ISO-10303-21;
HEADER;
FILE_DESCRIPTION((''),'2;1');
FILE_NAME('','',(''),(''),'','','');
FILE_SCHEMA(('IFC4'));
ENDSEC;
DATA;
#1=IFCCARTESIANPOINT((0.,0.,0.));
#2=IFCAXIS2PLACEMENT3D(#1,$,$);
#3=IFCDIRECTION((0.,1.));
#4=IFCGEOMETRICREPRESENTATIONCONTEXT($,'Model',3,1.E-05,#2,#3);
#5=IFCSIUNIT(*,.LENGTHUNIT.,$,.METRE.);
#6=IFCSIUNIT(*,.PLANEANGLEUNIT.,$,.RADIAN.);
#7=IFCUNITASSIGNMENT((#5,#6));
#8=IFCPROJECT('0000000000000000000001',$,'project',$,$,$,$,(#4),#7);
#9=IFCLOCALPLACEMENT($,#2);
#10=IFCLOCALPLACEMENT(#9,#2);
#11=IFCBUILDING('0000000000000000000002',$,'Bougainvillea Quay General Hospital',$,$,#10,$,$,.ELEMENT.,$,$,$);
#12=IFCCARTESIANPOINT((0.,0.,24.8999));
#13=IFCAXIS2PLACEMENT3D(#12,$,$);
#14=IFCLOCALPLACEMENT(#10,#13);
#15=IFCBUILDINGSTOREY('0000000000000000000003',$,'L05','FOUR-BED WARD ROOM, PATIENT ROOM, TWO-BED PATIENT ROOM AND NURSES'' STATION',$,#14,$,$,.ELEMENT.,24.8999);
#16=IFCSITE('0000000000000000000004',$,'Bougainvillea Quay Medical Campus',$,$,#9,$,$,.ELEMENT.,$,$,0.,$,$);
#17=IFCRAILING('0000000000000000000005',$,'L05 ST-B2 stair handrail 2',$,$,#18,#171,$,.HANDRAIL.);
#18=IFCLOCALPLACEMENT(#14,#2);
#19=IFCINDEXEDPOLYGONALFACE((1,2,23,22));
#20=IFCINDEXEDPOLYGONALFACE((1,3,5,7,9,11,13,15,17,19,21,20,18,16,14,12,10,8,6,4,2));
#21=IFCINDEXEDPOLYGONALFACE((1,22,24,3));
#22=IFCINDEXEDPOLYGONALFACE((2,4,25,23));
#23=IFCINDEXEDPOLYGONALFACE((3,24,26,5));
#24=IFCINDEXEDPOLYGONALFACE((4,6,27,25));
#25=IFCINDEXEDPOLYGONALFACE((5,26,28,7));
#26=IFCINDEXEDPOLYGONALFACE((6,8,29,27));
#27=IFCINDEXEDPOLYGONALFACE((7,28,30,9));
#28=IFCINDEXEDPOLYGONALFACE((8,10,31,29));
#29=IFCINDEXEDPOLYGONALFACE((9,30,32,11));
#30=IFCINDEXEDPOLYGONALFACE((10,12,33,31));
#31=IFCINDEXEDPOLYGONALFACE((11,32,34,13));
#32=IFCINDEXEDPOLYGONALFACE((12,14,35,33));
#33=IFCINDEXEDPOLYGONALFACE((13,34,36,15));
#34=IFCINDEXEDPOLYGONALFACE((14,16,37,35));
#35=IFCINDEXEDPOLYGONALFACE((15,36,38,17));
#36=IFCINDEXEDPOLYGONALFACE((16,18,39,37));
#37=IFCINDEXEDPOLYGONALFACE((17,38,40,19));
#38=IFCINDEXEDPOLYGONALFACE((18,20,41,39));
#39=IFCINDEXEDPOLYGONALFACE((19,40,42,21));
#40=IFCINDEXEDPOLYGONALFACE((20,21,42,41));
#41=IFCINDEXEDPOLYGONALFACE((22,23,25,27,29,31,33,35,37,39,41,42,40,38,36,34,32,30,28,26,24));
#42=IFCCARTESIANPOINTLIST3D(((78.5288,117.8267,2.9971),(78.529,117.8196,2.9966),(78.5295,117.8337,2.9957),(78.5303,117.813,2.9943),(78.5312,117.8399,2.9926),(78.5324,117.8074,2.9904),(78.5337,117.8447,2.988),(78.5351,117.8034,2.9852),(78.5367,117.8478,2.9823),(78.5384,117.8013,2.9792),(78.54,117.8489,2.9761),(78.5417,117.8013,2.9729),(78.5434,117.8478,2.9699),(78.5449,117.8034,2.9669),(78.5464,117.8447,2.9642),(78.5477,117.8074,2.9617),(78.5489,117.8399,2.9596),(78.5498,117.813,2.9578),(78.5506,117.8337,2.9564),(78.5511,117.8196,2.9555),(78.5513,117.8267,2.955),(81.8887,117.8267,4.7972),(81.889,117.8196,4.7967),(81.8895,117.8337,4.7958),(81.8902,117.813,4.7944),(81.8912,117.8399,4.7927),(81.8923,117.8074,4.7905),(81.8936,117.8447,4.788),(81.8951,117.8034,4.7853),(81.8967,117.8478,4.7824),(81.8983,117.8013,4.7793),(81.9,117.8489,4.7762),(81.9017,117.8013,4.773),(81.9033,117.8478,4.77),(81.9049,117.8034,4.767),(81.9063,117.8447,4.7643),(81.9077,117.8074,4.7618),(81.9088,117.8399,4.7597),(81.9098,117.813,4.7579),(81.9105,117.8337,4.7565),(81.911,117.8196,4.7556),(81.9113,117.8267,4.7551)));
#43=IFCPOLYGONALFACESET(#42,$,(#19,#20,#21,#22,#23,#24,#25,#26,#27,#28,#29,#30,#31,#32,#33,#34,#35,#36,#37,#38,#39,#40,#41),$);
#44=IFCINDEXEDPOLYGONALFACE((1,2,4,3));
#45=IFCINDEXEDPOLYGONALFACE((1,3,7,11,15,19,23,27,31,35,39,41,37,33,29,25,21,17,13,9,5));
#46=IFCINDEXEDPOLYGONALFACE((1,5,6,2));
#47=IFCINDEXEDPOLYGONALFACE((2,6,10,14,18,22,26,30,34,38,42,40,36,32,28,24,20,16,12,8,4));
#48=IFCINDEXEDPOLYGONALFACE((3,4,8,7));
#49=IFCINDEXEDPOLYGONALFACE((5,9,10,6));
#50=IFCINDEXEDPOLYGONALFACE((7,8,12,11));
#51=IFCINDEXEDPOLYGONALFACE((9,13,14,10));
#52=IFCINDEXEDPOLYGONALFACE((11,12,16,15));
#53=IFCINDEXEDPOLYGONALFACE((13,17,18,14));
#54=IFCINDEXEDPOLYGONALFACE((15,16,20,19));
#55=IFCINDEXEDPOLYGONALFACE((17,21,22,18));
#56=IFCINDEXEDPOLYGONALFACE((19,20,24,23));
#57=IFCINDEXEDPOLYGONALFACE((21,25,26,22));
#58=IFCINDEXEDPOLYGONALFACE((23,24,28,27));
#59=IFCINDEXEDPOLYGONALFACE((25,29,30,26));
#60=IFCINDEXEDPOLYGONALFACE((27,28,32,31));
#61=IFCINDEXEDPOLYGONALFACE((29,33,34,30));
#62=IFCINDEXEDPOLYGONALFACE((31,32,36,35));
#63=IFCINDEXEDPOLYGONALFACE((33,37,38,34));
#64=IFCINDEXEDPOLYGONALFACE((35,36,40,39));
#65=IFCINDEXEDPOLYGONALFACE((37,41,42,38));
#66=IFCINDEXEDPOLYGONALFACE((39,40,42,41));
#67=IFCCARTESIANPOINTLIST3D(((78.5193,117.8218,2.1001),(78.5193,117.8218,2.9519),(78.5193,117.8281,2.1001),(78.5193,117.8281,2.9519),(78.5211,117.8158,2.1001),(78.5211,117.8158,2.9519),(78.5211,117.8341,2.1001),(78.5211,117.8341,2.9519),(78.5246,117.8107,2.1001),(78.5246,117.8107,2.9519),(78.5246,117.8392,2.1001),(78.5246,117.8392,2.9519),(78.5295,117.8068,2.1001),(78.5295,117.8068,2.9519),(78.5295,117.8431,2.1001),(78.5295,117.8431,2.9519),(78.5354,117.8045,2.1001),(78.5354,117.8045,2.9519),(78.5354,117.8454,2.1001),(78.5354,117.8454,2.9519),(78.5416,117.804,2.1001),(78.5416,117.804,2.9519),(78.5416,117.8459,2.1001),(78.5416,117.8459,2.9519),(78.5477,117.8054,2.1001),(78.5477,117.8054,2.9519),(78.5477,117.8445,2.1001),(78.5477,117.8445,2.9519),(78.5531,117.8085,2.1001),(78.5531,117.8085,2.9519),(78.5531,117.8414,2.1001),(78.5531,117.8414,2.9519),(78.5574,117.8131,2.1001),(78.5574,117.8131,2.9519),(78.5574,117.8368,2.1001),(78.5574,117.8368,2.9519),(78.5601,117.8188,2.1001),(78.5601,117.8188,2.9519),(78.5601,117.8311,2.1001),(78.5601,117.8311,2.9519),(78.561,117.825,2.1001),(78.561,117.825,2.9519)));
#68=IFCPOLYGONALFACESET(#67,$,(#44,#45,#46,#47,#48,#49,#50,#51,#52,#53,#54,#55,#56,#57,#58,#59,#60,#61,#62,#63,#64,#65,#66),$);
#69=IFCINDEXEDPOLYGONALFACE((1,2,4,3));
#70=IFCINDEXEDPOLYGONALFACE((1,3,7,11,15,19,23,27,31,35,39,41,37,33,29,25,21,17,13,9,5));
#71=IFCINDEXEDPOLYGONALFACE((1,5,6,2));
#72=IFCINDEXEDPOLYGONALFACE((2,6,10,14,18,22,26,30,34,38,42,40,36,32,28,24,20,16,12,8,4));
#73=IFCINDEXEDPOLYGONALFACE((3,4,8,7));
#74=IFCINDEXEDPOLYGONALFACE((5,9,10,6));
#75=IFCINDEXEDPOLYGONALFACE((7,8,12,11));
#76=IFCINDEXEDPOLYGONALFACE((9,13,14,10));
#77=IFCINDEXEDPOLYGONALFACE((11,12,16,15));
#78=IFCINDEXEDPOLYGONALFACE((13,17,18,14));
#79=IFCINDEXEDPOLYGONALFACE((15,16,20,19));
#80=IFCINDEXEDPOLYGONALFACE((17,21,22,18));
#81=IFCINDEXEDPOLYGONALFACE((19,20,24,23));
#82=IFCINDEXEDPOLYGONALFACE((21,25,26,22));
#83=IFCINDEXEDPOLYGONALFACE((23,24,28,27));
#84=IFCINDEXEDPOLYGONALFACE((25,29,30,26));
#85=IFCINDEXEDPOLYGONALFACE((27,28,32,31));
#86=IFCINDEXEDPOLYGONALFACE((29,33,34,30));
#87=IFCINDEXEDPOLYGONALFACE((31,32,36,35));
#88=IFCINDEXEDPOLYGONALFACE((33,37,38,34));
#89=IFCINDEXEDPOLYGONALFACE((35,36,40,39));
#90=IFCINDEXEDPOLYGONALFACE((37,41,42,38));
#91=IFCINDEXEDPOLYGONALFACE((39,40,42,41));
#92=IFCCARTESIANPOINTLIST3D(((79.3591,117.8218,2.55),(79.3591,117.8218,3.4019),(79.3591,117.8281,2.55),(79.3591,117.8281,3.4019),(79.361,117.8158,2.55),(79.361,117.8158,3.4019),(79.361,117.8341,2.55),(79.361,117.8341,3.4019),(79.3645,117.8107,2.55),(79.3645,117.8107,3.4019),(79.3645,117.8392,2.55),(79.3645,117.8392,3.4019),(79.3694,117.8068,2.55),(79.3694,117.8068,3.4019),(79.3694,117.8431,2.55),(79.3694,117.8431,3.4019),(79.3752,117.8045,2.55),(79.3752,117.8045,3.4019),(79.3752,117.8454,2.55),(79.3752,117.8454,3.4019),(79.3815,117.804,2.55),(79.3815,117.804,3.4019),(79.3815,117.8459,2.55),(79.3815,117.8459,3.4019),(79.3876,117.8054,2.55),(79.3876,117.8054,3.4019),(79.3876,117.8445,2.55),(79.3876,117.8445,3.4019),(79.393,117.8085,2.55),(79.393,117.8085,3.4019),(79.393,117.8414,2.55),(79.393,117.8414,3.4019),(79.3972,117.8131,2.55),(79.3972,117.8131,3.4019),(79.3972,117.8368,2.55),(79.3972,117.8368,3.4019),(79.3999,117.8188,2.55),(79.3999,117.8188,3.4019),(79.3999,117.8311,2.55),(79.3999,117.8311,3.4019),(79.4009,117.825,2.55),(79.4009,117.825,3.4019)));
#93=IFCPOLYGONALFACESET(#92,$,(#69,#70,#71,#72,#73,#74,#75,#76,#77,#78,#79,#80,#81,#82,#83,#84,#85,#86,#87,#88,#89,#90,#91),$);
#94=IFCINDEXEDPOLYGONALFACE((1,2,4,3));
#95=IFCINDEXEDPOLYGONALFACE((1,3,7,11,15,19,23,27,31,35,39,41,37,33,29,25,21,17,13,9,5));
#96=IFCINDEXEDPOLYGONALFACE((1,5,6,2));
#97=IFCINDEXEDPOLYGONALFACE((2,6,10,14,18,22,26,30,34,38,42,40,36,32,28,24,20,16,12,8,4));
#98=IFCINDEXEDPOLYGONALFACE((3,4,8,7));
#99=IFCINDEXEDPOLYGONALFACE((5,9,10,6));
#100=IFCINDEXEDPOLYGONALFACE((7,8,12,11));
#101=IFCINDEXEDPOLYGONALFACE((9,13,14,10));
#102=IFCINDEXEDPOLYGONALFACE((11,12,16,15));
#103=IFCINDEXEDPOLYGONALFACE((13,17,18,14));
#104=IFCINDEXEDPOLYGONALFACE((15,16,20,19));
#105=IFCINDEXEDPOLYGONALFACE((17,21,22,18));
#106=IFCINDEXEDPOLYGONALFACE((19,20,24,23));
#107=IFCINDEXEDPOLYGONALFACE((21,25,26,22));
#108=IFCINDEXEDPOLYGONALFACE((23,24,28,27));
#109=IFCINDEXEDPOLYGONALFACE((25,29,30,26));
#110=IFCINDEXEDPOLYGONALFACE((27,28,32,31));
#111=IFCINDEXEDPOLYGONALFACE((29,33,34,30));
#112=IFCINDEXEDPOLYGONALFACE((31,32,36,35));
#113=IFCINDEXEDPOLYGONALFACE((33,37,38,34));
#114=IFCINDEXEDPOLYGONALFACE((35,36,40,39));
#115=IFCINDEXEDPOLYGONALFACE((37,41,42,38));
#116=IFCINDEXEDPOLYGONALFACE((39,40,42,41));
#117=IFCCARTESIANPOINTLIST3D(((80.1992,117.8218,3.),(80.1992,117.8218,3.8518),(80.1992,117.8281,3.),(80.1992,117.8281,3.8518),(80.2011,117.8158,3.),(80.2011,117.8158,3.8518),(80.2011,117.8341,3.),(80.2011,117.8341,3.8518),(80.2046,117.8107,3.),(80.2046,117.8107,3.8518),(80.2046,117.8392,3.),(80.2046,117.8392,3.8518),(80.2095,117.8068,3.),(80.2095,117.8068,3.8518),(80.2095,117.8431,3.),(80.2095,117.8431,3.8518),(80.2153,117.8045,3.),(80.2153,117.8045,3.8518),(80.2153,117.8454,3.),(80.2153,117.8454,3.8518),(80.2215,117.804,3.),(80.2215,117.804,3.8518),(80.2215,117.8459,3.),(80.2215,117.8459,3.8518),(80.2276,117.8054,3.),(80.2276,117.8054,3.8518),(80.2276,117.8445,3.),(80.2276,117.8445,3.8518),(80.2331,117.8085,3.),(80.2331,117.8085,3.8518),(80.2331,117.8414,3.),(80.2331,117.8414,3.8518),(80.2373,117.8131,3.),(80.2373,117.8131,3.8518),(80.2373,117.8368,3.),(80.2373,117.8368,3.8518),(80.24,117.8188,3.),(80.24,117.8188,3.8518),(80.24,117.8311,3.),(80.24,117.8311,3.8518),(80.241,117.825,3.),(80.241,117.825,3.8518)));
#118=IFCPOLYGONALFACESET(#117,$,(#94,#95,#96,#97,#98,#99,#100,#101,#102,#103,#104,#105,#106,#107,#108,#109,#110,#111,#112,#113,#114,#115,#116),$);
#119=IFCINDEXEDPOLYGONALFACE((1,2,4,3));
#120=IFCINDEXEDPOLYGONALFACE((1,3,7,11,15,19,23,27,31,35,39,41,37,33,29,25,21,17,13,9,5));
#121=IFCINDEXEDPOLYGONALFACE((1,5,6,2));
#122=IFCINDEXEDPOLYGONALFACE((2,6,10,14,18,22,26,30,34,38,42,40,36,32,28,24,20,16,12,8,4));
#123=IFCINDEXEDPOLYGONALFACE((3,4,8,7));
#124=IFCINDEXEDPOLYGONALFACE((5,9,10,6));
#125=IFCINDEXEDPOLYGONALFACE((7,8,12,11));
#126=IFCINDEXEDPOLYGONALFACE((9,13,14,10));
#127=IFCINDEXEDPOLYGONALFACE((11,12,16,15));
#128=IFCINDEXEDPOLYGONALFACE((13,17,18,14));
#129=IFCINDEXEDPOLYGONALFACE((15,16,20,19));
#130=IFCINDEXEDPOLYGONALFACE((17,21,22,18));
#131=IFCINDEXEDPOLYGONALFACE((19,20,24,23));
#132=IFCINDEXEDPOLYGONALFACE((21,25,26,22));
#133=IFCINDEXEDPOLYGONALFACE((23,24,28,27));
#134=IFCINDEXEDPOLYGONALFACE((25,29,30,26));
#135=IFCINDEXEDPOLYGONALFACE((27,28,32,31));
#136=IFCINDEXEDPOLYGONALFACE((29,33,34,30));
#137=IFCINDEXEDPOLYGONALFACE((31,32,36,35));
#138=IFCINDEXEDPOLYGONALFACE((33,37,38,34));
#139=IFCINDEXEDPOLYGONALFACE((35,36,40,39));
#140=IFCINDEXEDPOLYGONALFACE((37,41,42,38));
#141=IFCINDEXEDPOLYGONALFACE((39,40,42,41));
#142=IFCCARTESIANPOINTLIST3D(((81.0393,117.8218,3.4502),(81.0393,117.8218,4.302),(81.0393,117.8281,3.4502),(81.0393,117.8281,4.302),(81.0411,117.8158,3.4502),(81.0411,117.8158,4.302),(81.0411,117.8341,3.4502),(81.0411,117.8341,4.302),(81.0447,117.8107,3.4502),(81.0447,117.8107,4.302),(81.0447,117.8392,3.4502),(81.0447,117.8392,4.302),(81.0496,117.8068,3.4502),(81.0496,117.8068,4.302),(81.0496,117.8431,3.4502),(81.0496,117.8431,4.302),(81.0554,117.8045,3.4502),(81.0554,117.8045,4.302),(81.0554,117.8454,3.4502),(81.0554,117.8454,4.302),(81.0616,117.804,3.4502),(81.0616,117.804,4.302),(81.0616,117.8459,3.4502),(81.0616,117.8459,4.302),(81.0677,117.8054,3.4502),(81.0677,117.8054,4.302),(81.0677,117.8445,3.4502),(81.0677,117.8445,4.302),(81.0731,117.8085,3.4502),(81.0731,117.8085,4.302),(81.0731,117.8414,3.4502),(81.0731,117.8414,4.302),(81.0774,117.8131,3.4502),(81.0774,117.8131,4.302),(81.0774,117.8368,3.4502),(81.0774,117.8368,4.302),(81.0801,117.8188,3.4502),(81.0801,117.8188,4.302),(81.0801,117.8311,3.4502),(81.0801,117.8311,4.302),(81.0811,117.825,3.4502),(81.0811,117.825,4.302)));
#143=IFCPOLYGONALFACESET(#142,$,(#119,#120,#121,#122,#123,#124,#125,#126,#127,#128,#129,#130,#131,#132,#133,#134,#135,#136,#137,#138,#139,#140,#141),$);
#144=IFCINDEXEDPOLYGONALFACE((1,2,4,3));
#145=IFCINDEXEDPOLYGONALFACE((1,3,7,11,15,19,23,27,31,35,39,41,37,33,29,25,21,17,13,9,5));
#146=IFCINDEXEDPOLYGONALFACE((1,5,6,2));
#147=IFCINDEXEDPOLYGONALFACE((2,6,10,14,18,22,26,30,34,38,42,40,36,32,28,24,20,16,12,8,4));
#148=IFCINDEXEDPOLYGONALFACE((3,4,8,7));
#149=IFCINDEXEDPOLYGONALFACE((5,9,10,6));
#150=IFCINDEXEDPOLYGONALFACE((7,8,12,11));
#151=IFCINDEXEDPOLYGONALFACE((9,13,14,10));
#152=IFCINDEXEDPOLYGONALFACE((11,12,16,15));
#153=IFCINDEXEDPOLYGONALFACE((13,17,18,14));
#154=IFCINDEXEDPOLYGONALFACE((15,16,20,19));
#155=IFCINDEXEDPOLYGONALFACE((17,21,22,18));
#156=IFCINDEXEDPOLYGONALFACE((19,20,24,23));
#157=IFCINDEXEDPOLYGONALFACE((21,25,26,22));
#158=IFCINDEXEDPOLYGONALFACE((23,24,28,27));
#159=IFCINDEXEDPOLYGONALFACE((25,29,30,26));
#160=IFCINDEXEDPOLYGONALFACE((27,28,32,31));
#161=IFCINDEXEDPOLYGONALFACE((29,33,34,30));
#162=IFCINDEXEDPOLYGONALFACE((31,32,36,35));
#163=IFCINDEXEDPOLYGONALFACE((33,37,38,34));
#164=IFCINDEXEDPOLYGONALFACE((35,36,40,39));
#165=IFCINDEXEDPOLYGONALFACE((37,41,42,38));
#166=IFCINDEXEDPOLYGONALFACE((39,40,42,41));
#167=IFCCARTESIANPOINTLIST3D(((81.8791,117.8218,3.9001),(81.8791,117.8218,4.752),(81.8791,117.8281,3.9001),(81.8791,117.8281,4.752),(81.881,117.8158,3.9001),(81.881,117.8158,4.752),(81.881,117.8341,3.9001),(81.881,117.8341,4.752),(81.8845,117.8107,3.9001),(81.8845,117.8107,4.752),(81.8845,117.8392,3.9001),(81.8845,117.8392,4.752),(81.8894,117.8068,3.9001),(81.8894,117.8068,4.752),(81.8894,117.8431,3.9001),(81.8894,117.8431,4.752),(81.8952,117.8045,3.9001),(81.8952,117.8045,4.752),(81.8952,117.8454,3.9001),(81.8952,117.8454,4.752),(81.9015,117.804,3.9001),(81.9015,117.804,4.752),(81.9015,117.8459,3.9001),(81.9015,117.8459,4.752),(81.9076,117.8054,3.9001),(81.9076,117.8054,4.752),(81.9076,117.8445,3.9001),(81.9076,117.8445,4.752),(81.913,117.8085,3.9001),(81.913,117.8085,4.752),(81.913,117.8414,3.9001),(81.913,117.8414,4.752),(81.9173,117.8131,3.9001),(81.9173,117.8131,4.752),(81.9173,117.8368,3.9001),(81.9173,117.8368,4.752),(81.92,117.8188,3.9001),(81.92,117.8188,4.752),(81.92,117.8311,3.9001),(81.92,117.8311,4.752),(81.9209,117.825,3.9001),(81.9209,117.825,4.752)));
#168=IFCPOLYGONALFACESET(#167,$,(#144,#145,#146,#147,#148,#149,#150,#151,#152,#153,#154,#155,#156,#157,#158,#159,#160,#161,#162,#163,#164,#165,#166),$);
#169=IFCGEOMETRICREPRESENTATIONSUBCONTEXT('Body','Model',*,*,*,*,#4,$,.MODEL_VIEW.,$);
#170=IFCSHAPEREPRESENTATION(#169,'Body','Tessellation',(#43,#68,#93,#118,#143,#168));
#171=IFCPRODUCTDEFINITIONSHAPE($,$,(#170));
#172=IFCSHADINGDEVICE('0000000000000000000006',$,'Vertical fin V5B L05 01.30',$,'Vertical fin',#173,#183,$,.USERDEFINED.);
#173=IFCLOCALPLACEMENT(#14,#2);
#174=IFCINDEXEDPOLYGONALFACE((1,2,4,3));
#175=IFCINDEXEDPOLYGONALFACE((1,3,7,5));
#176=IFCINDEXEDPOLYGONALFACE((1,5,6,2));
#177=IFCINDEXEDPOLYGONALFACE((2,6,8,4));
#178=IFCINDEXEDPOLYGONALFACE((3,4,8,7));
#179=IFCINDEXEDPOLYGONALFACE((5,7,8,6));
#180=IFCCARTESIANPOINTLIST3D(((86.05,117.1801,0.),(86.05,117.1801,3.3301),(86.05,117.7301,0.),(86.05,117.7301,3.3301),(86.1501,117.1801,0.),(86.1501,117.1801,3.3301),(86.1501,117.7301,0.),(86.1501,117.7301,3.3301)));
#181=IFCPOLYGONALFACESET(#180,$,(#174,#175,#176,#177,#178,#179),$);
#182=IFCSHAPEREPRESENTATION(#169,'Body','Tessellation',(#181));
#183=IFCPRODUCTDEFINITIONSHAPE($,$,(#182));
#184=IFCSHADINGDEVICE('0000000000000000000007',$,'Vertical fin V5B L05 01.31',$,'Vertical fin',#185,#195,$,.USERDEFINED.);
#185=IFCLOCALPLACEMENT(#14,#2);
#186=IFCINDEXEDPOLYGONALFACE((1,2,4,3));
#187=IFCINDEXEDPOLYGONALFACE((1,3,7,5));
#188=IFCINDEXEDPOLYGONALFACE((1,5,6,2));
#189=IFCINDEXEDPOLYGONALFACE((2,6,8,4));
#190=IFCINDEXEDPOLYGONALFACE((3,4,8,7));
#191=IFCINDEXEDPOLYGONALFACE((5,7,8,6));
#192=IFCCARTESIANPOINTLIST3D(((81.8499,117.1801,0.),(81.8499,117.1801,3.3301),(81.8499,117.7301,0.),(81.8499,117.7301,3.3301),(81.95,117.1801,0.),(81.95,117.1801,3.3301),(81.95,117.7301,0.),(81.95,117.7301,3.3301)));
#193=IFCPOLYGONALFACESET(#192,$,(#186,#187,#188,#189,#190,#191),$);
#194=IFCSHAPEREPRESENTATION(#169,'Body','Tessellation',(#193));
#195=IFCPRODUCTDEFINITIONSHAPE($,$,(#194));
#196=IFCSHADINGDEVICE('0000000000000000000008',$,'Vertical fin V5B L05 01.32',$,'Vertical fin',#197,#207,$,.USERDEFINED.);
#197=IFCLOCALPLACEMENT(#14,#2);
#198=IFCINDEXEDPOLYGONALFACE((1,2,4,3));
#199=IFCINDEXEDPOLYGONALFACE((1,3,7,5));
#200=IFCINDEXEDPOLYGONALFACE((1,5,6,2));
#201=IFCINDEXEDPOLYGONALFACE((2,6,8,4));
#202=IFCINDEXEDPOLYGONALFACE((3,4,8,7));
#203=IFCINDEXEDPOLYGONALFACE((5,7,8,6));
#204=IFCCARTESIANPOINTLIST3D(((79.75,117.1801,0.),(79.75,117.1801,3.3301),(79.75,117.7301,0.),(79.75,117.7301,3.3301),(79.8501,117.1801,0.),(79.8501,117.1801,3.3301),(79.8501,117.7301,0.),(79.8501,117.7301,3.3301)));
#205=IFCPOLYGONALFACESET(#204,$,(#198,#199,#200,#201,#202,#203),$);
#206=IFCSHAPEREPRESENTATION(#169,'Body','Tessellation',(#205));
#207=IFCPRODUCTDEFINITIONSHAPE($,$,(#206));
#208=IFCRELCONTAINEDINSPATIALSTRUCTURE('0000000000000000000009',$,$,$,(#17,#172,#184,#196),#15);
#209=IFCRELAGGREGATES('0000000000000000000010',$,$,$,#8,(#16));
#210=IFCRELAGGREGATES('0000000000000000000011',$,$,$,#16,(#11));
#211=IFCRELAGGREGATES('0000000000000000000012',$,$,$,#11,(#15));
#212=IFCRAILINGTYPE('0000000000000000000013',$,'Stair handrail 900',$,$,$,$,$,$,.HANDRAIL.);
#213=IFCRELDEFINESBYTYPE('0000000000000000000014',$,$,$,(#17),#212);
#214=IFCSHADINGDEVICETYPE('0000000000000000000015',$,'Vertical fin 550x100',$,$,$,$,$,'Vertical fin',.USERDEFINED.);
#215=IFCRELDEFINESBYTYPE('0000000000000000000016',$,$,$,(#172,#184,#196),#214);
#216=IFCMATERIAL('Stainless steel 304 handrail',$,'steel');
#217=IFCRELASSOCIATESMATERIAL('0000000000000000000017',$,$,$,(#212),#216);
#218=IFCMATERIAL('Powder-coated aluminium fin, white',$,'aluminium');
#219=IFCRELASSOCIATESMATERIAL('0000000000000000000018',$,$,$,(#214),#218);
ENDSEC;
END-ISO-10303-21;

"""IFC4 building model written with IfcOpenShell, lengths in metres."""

from ifc_helpers import new_model, si_unit, direction, frame, origin, origin_2d, place, context, subcontext, project, spatial, rectangle, circle, extrude, material, material_profile, profile_set, type_object, element, save


model = new_model("IFC4")

# Units and contexts
model_context = context("Model", 3, precision=1e-05, world=origin(), true_north=direction((0.0, 1.0)))
body_context = subcontext(model_context, "Body", "Model", "MODEL_VIEW")
ifc_project = project(units=[si_unit("LENGTHUNIT", "METRE"), si_unit("PLANEANGLEUNIT", "RADIAN")], contexts=[model_context])

# Site, building, storey
site_placement = place(None, origin())
site = spatial("IfcSite", under=ifc_project, at=site_placement, Name="Bougainvillea Quay Medical Campus", CompositionType="ELEMENT", RefElevation=0.0)
building_placement = place(site_placement, origin())
building = spatial("IfcBuilding", under=site, at=building_placement, Name="Bougainvillea Quay General Hospital", CompositionType="ELEMENT")
storey_placement = place(building_placement, frame((0.0, 0.0, 24.8999)))
storey = spatial("IfcBuildingStorey", under=building, at=storey_placement, Name="L05", Description="FOUR-BED WARD ROOM, PATIENT ROOM, TWO-BED PATIENT ROOM AND NURSES' STATION", CompositionType="ELEMENT", Elevation=24.8999)

# Railing
ifc_material_1 = material(Name="Stainless steel 304 handrail", Category="steel")
railing_type = type_object("IfcRailingType", Name="Stair handrail 900", PredefinedType="HANDRAIL", material=ifc_material_1)
railing_placement = place(storey_placement, frame((78.54, 117.825, 2.1001)))
element("IfcRailing", 1, at=railing_placement, inside=storey, type_object=railing_type, Name="L05 ST-B2 stair handrail 2", PredefinedType="HANDRAIL", context=body_context, shape_type="SweptSolid", body=[
    extrude(circle(Radius=0.0239, at=origin_2d()), frame((0.0, 0.0, 0.876), z_axis=(0.881467, 0.0, 0.472246), x_axis=(0.0, 1.0, 0.0)), (0.0, 0.0, 1.0), 3.8118),
    extrude(circle(Radius=0.021, at=origin_2d()), origin(), (0.0, 0.0, 1.0), 0.8518),
    extrude(circle(Radius=0.021, at=origin_2d()), frame((0.8398, 0.0, 0.45)), (0.0, 0.0, 1.0), 0.8518),
    extrude(circle(Radius=0.021, at=origin_2d()), frame((1.6799, 0.0, 0.8999)), (0.0, 0.0, 1.0), 0.8518),
    extrude(circle(Radius=0.021, at=origin_2d()), frame((2.52, 0.0, 1.3501)), (0.0, 0.0, 1.0), 0.8518),
    extrude(circle(Radius=0.021, at=origin_2d()), frame((3.3599, 0.0, 1.8)), (0.0, 0.0, 1.0), 0.8518),
])

# Shading devices
ifc_material_2 = material(Name="Powder-coated aluminium fin, white", Category="aluminium")
ifc_material_profile_1 = material_profile(ifc_material_2, rectangle(XDim=0.55, YDim=0.1001, at=origin_2d()))
ifc_profile_set_1 = profile_set([ifc_material_profile_1], Name="Powder-coated aluminium fin, white")
shading_device_type = type_object("IfcShadingDeviceType", Name="Vertical fin 550x100", ElementType="Vertical fin", PredefinedType="USERDEFINED", material=ifc_profile_set_1)
for number, where, z_axis, x_axis, name in (
    (2, (86.1001, 117.4551, 0.0), (0.0, 0.0, 1.0), (0.0, -1.0, 0.0), "Vertical fin V5B L05 01.30"),
    (3, (81.8999, 117.4551, 0.0), (0.0, 0.0, 1.0), (0.0, -1.0, 0.0), "Vertical fin V5B L05 01.31"),
    (4, (79.8, 117.4551, 0.0), (0.0, 0.0, 1.0), (0.0, -1.0, 0.0), "Vertical fin V5B L05 01.32"),
):
    element("IfcShadingDevice", number, at=place(storey_placement, frame(where, z_axis=z_axis, x_axis=x_axis)), inside=storey, type_object=shading_device_type, Name=name, ObjectType="Vertical fin", PredefinedType="USERDEFINED", context=body_context, shape_type="SweptSolid", body=[
        extrude(rectangle(XDim=0.55, YDim=0.1001, at=origin_2d()), origin(), (0.0, 0.0, 1.0), 3.3301),
    ])

save(model, "model.ifc")
